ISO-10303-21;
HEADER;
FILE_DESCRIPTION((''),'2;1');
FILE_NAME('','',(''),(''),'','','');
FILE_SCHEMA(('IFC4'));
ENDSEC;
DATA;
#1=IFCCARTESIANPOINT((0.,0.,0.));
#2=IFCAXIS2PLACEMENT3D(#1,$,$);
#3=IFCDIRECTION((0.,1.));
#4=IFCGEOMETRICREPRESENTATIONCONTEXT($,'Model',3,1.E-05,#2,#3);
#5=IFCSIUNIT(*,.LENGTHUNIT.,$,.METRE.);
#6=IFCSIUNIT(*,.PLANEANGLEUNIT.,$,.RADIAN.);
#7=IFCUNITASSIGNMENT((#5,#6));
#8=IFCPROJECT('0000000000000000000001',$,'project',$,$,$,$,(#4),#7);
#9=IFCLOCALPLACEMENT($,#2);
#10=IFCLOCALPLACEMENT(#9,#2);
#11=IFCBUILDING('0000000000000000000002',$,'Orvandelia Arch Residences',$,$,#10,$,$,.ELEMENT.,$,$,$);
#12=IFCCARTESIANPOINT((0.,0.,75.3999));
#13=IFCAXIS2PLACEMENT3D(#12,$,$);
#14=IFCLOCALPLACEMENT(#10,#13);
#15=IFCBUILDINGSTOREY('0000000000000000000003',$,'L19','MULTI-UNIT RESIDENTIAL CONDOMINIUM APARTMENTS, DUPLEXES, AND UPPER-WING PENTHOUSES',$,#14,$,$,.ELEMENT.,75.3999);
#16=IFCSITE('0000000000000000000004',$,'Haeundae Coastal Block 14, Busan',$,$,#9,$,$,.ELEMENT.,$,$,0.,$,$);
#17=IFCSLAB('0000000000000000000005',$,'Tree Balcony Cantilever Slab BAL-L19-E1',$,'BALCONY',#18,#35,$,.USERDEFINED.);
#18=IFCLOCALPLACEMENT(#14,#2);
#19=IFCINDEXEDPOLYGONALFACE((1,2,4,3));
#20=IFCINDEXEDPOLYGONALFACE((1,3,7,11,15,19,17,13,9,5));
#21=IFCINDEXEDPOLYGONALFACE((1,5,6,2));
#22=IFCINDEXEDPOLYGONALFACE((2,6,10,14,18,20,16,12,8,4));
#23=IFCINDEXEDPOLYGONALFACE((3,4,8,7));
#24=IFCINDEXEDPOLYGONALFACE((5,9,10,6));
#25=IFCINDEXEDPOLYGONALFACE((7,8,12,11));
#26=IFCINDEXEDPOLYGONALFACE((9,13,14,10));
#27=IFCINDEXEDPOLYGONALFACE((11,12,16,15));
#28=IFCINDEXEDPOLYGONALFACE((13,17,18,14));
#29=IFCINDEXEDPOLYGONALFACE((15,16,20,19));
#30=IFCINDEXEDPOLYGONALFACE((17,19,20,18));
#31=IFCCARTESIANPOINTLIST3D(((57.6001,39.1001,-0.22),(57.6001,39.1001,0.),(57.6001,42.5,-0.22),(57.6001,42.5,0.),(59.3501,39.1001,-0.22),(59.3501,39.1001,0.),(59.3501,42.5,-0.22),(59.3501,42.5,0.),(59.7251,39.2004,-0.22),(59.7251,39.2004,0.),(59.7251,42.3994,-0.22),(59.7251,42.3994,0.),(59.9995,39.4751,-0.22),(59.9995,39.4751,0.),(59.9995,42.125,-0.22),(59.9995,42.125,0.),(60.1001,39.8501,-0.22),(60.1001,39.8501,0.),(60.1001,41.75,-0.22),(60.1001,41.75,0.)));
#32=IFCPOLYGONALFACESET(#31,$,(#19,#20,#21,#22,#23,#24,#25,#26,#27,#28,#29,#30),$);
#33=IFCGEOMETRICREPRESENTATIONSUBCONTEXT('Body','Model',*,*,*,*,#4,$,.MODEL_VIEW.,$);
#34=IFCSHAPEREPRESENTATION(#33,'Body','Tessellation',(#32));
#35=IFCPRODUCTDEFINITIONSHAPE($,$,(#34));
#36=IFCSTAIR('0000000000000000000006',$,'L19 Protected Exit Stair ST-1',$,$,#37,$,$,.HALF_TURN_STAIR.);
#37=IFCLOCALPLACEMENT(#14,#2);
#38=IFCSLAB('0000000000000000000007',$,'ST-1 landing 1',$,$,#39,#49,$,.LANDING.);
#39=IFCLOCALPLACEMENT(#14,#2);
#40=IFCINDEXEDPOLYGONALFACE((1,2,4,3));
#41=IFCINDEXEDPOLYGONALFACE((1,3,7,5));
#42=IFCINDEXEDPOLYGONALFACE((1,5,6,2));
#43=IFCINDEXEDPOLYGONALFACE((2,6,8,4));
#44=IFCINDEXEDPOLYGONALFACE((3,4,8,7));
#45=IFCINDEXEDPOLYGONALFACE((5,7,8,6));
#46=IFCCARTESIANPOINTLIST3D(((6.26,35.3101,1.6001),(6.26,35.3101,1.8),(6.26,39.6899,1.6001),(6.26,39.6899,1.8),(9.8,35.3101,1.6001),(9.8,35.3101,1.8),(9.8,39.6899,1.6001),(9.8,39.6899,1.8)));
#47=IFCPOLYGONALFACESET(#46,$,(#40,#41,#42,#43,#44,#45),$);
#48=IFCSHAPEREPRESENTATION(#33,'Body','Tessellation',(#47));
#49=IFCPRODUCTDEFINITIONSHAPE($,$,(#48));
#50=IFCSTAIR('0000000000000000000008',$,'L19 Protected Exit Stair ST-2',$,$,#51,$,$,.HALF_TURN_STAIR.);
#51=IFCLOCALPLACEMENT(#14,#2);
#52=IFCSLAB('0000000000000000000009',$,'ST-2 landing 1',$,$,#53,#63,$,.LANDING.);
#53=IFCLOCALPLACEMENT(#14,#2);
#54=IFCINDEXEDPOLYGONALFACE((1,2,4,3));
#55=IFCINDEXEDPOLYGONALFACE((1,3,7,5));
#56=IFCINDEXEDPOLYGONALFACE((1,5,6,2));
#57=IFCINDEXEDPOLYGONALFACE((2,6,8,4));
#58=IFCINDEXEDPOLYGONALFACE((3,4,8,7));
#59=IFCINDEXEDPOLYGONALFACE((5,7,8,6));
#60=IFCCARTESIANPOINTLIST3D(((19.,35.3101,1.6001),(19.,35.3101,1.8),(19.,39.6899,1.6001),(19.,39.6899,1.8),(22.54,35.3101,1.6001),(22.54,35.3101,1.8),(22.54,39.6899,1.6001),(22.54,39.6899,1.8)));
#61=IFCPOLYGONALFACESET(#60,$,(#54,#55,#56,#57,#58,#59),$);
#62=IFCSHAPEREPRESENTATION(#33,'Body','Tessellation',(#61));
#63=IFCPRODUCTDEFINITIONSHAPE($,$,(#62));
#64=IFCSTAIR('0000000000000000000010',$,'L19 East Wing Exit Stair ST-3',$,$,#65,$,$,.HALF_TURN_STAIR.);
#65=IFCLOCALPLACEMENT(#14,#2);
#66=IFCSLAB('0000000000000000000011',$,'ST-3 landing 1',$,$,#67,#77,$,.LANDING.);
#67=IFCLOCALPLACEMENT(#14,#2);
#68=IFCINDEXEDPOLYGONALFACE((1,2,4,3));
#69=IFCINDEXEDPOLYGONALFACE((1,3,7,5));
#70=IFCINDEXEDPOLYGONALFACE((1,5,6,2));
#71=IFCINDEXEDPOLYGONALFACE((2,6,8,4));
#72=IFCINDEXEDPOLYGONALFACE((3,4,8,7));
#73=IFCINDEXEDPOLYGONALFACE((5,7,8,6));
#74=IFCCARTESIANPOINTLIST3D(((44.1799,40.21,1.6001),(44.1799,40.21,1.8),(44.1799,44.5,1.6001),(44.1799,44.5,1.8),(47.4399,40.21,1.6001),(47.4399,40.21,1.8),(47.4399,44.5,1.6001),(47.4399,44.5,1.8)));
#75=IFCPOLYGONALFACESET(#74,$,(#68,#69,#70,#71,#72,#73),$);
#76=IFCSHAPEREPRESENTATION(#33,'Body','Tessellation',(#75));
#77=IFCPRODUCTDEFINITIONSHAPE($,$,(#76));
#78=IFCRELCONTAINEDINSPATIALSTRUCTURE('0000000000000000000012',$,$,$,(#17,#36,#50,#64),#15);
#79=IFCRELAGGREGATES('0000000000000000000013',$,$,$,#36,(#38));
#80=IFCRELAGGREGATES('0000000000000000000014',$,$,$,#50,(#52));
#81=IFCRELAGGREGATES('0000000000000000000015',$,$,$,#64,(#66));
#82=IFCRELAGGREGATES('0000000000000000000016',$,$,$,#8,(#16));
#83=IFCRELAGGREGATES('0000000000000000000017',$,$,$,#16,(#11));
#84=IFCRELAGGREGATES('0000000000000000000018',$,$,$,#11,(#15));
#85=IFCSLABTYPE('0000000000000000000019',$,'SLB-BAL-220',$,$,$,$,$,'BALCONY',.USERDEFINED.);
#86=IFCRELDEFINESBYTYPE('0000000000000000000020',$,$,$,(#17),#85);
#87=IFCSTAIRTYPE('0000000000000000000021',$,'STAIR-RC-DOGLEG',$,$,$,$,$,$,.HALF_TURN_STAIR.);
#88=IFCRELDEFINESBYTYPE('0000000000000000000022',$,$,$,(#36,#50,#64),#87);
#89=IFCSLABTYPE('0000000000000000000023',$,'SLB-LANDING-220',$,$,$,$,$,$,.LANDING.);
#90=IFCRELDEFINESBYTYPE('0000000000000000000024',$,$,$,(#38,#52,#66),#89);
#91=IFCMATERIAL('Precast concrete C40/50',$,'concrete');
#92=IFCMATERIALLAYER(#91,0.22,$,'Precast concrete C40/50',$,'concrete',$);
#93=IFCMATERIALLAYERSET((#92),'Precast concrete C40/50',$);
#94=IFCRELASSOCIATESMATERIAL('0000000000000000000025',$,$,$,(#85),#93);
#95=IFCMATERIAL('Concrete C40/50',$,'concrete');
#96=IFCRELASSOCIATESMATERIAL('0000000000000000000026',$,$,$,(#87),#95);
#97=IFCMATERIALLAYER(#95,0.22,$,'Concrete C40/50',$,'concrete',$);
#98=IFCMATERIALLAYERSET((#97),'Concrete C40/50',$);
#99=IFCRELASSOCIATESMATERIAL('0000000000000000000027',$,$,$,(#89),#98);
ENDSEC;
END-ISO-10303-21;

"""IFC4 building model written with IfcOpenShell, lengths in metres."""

from ifc_helpers import new_model, si_unit, direction, frame, origin, place, context, subcontext, project, spatial, polyline, outline, extrude, material, layer, layer_set, type_object, element, aggregate, save


model = new_model("IFC4")

# Units and contexts
model_context = context("Model", 3, precision=1e-05, world=origin(), true_north=direction((0.0, 1.0)))
body_context = subcontext(model_context, "Body", "Model", "MODEL_VIEW")
ifc_project = project(units=[si_unit("LENGTHUNIT", "METRE"), si_unit("PLANEANGLEUNIT", "RADIAN")], contexts=[model_context])

# Site, building, storey
site_placement = place(None, origin())
site = spatial("IfcSite", under=ifc_project, at=site_placement, Name="Haeundae Coastal Block 14, Busan", CompositionType="ELEMENT", RefElevation=0.0)
building_placement = place(site_placement, origin())
building = spatial("IfcBuilding", under=site, at=building_placement, Name="Orvandelia Arch Residences", CompositionType="ELEMENT")
storey_placement = place(building_placement, frame((0.0, 0.0, 75.3999)))
storey = spatial("IfcBuildingStorey", under=building, at=storey_placement, Name="L19", Description="MULTI-UNIT RESIDENTIAL CONDOMINIUM APARTMENTS, DUPLEXES, AND UPPER-WING PENTHOUSES", CompositionType="ELEMENT", Elevation=75.3999)

# Slab
ifc_material_1 = material(Name="Precast concrete C40/50", Category="concrete")
ifc_layer_1 = layer(ifc_material_1, 0.22, Name="Precast concrete C40/50", Category="concrete")
ifc_layer_set_1 = layer_set([ifc_layer_1], Name="Precast concrete C40/50")
slab_type_1 = type_object("IfcSlabType", Name="SLB-BAL-220", ElementType="BALCONY", PredefinedType="USERDEFINED", material=ifc_layer_set_1)
slab_1_placement = place(storey_placement, frame((0.0, 0.0, -0.22)))
element("IfcSlab", 1, at=slab_1_placement, inside=storey, type_object=slab_type_1, Name="Tree Balcony Cantilever Slab BAL-L19-E1", ObjectType="BALCONY", PredefinedType="USERDEFINED", context=body_context, shape_type="SweptSolid", body=[
    extrude(outline(polyline([(57.6001, 42.5), (57.6001, 39.1001), (59.3501, 39.1001), (59.7251, 39.2004), (59.9995, 39.4751), (60.1001, 39.8501), (60.1001, 41.75), (59.9995, 42.125), (59.7251, 42.3994), (59.3501, 42.5), (57.6001, 42.5)])), origin(), (0.0, 0.0, 1.0), 0.22),
])

# Stairs, slabs
ifc_material_2 = material(Name="Concrete C40/50", Category="concrete")
stair_type = type_object("IfcStairType", Name="STAIR-RC-DOGLEG", PredefinedType="HALF_TURN_STAIR", material=ifc_material_2)
stair_1_placement = place(storey_placement, origin())
stair_1 = element("IfcStair", 2, at=stair_1_placement, inside=storey, type_object=stair_type, Name="L19 Protected Exit Stair ST-1", PredefinedType="HALF_TURN_STAIR")
ifc_layer_2 = layer(ifc_material_2, 0.22, Name="Concrete C40/50", Category="concrete")
ifc_layer_set_2 = layer_set([ifc_layer_2], Name="Concrete C40/50")
slab_type_2 = type_object("IfcSlabType", Name="SLB-LANDING-220", PredefinedType="LANDING", material=ifc_layer_set_2)
slab_2_placement = place(storey_placement, frame((0.0, 0.0, 1.6001)))
slab_2 = element("IfcSlab", 3, at=slab_2_placement, type_object=slab_type_2, Name="ST-1 landing 1", PredefinedType="LANDING", context=body_context, shape_type="SweptSolid", body=[
    extrude(outline(polyline([(9.8, 35.3101), (9.8, 39.6899), (6.26, 39.6899), (6.26, 35.3101), (9.8, 35.3101)])), origin(), (0.0, 0.0, 1.0), 0.2),
])
aggregate(stair_1, [slab_2])
stair_2_placement = place(storey_placement, origin())
stair_2 = element("IfcStair", 4, at=stair_2_placement, inside=storey, type_object=stair_type, Name="L19 Protected Exit Stair ST-2", PredefinedType="HALF_TURN_STAIR")
slab_3_placement = place(storey_placement, frame((0.0, 0.0, 1.6001)))
slab_3 = element("IfcSlab", 5, at=slab_3_placement, type_object=slab_type_2, Name="ST-2 landing 1", PredefinedType="LANDING", context=body_context, shape_type="SweptSolid", body=[
    extrude(outline(polyline([(22.54, 35.3101), (22.54, 39.6899), (19.0, 39.6899), (19.0, 35.3101), (22.54, 35.3101)])), origin(), (0.0, 0.0, 1.0), 0.2),
])
aggregate(stair_2, [slab_3])
stair_3_placement = place(storey_placement, origin())
stair_3 = element("IfcStair", 6, at=stair_3_placement, inside=storey, type_object=stair_type, Name="L19 East Wing Exit Stair ST-3", PredefinedType="HALF_TURN_STAIR")
slab_4_placement = place(storey_placement, frame((0.0, 0.0, 1.6001)))
slab_4 = element("IfcSlab", 7, at=slab_4_placement, type_object=slab_type_2, Name="ST-3 landing 1", PredefinedType="LANDING", context=body_context, shape_type="SweptSolid", body=[
    extrude(outline(polyline([(47.4399, 40.21), (47.4399, 44.5), (44.1799, 44.5), (44.1799, 40.21), (47.4399, 40.21)])), origin(), (0.0, 0.0, 1.0), 0.2),
])
aggregate(stair_3, [slab_4])

save(model, "model.ifc")
